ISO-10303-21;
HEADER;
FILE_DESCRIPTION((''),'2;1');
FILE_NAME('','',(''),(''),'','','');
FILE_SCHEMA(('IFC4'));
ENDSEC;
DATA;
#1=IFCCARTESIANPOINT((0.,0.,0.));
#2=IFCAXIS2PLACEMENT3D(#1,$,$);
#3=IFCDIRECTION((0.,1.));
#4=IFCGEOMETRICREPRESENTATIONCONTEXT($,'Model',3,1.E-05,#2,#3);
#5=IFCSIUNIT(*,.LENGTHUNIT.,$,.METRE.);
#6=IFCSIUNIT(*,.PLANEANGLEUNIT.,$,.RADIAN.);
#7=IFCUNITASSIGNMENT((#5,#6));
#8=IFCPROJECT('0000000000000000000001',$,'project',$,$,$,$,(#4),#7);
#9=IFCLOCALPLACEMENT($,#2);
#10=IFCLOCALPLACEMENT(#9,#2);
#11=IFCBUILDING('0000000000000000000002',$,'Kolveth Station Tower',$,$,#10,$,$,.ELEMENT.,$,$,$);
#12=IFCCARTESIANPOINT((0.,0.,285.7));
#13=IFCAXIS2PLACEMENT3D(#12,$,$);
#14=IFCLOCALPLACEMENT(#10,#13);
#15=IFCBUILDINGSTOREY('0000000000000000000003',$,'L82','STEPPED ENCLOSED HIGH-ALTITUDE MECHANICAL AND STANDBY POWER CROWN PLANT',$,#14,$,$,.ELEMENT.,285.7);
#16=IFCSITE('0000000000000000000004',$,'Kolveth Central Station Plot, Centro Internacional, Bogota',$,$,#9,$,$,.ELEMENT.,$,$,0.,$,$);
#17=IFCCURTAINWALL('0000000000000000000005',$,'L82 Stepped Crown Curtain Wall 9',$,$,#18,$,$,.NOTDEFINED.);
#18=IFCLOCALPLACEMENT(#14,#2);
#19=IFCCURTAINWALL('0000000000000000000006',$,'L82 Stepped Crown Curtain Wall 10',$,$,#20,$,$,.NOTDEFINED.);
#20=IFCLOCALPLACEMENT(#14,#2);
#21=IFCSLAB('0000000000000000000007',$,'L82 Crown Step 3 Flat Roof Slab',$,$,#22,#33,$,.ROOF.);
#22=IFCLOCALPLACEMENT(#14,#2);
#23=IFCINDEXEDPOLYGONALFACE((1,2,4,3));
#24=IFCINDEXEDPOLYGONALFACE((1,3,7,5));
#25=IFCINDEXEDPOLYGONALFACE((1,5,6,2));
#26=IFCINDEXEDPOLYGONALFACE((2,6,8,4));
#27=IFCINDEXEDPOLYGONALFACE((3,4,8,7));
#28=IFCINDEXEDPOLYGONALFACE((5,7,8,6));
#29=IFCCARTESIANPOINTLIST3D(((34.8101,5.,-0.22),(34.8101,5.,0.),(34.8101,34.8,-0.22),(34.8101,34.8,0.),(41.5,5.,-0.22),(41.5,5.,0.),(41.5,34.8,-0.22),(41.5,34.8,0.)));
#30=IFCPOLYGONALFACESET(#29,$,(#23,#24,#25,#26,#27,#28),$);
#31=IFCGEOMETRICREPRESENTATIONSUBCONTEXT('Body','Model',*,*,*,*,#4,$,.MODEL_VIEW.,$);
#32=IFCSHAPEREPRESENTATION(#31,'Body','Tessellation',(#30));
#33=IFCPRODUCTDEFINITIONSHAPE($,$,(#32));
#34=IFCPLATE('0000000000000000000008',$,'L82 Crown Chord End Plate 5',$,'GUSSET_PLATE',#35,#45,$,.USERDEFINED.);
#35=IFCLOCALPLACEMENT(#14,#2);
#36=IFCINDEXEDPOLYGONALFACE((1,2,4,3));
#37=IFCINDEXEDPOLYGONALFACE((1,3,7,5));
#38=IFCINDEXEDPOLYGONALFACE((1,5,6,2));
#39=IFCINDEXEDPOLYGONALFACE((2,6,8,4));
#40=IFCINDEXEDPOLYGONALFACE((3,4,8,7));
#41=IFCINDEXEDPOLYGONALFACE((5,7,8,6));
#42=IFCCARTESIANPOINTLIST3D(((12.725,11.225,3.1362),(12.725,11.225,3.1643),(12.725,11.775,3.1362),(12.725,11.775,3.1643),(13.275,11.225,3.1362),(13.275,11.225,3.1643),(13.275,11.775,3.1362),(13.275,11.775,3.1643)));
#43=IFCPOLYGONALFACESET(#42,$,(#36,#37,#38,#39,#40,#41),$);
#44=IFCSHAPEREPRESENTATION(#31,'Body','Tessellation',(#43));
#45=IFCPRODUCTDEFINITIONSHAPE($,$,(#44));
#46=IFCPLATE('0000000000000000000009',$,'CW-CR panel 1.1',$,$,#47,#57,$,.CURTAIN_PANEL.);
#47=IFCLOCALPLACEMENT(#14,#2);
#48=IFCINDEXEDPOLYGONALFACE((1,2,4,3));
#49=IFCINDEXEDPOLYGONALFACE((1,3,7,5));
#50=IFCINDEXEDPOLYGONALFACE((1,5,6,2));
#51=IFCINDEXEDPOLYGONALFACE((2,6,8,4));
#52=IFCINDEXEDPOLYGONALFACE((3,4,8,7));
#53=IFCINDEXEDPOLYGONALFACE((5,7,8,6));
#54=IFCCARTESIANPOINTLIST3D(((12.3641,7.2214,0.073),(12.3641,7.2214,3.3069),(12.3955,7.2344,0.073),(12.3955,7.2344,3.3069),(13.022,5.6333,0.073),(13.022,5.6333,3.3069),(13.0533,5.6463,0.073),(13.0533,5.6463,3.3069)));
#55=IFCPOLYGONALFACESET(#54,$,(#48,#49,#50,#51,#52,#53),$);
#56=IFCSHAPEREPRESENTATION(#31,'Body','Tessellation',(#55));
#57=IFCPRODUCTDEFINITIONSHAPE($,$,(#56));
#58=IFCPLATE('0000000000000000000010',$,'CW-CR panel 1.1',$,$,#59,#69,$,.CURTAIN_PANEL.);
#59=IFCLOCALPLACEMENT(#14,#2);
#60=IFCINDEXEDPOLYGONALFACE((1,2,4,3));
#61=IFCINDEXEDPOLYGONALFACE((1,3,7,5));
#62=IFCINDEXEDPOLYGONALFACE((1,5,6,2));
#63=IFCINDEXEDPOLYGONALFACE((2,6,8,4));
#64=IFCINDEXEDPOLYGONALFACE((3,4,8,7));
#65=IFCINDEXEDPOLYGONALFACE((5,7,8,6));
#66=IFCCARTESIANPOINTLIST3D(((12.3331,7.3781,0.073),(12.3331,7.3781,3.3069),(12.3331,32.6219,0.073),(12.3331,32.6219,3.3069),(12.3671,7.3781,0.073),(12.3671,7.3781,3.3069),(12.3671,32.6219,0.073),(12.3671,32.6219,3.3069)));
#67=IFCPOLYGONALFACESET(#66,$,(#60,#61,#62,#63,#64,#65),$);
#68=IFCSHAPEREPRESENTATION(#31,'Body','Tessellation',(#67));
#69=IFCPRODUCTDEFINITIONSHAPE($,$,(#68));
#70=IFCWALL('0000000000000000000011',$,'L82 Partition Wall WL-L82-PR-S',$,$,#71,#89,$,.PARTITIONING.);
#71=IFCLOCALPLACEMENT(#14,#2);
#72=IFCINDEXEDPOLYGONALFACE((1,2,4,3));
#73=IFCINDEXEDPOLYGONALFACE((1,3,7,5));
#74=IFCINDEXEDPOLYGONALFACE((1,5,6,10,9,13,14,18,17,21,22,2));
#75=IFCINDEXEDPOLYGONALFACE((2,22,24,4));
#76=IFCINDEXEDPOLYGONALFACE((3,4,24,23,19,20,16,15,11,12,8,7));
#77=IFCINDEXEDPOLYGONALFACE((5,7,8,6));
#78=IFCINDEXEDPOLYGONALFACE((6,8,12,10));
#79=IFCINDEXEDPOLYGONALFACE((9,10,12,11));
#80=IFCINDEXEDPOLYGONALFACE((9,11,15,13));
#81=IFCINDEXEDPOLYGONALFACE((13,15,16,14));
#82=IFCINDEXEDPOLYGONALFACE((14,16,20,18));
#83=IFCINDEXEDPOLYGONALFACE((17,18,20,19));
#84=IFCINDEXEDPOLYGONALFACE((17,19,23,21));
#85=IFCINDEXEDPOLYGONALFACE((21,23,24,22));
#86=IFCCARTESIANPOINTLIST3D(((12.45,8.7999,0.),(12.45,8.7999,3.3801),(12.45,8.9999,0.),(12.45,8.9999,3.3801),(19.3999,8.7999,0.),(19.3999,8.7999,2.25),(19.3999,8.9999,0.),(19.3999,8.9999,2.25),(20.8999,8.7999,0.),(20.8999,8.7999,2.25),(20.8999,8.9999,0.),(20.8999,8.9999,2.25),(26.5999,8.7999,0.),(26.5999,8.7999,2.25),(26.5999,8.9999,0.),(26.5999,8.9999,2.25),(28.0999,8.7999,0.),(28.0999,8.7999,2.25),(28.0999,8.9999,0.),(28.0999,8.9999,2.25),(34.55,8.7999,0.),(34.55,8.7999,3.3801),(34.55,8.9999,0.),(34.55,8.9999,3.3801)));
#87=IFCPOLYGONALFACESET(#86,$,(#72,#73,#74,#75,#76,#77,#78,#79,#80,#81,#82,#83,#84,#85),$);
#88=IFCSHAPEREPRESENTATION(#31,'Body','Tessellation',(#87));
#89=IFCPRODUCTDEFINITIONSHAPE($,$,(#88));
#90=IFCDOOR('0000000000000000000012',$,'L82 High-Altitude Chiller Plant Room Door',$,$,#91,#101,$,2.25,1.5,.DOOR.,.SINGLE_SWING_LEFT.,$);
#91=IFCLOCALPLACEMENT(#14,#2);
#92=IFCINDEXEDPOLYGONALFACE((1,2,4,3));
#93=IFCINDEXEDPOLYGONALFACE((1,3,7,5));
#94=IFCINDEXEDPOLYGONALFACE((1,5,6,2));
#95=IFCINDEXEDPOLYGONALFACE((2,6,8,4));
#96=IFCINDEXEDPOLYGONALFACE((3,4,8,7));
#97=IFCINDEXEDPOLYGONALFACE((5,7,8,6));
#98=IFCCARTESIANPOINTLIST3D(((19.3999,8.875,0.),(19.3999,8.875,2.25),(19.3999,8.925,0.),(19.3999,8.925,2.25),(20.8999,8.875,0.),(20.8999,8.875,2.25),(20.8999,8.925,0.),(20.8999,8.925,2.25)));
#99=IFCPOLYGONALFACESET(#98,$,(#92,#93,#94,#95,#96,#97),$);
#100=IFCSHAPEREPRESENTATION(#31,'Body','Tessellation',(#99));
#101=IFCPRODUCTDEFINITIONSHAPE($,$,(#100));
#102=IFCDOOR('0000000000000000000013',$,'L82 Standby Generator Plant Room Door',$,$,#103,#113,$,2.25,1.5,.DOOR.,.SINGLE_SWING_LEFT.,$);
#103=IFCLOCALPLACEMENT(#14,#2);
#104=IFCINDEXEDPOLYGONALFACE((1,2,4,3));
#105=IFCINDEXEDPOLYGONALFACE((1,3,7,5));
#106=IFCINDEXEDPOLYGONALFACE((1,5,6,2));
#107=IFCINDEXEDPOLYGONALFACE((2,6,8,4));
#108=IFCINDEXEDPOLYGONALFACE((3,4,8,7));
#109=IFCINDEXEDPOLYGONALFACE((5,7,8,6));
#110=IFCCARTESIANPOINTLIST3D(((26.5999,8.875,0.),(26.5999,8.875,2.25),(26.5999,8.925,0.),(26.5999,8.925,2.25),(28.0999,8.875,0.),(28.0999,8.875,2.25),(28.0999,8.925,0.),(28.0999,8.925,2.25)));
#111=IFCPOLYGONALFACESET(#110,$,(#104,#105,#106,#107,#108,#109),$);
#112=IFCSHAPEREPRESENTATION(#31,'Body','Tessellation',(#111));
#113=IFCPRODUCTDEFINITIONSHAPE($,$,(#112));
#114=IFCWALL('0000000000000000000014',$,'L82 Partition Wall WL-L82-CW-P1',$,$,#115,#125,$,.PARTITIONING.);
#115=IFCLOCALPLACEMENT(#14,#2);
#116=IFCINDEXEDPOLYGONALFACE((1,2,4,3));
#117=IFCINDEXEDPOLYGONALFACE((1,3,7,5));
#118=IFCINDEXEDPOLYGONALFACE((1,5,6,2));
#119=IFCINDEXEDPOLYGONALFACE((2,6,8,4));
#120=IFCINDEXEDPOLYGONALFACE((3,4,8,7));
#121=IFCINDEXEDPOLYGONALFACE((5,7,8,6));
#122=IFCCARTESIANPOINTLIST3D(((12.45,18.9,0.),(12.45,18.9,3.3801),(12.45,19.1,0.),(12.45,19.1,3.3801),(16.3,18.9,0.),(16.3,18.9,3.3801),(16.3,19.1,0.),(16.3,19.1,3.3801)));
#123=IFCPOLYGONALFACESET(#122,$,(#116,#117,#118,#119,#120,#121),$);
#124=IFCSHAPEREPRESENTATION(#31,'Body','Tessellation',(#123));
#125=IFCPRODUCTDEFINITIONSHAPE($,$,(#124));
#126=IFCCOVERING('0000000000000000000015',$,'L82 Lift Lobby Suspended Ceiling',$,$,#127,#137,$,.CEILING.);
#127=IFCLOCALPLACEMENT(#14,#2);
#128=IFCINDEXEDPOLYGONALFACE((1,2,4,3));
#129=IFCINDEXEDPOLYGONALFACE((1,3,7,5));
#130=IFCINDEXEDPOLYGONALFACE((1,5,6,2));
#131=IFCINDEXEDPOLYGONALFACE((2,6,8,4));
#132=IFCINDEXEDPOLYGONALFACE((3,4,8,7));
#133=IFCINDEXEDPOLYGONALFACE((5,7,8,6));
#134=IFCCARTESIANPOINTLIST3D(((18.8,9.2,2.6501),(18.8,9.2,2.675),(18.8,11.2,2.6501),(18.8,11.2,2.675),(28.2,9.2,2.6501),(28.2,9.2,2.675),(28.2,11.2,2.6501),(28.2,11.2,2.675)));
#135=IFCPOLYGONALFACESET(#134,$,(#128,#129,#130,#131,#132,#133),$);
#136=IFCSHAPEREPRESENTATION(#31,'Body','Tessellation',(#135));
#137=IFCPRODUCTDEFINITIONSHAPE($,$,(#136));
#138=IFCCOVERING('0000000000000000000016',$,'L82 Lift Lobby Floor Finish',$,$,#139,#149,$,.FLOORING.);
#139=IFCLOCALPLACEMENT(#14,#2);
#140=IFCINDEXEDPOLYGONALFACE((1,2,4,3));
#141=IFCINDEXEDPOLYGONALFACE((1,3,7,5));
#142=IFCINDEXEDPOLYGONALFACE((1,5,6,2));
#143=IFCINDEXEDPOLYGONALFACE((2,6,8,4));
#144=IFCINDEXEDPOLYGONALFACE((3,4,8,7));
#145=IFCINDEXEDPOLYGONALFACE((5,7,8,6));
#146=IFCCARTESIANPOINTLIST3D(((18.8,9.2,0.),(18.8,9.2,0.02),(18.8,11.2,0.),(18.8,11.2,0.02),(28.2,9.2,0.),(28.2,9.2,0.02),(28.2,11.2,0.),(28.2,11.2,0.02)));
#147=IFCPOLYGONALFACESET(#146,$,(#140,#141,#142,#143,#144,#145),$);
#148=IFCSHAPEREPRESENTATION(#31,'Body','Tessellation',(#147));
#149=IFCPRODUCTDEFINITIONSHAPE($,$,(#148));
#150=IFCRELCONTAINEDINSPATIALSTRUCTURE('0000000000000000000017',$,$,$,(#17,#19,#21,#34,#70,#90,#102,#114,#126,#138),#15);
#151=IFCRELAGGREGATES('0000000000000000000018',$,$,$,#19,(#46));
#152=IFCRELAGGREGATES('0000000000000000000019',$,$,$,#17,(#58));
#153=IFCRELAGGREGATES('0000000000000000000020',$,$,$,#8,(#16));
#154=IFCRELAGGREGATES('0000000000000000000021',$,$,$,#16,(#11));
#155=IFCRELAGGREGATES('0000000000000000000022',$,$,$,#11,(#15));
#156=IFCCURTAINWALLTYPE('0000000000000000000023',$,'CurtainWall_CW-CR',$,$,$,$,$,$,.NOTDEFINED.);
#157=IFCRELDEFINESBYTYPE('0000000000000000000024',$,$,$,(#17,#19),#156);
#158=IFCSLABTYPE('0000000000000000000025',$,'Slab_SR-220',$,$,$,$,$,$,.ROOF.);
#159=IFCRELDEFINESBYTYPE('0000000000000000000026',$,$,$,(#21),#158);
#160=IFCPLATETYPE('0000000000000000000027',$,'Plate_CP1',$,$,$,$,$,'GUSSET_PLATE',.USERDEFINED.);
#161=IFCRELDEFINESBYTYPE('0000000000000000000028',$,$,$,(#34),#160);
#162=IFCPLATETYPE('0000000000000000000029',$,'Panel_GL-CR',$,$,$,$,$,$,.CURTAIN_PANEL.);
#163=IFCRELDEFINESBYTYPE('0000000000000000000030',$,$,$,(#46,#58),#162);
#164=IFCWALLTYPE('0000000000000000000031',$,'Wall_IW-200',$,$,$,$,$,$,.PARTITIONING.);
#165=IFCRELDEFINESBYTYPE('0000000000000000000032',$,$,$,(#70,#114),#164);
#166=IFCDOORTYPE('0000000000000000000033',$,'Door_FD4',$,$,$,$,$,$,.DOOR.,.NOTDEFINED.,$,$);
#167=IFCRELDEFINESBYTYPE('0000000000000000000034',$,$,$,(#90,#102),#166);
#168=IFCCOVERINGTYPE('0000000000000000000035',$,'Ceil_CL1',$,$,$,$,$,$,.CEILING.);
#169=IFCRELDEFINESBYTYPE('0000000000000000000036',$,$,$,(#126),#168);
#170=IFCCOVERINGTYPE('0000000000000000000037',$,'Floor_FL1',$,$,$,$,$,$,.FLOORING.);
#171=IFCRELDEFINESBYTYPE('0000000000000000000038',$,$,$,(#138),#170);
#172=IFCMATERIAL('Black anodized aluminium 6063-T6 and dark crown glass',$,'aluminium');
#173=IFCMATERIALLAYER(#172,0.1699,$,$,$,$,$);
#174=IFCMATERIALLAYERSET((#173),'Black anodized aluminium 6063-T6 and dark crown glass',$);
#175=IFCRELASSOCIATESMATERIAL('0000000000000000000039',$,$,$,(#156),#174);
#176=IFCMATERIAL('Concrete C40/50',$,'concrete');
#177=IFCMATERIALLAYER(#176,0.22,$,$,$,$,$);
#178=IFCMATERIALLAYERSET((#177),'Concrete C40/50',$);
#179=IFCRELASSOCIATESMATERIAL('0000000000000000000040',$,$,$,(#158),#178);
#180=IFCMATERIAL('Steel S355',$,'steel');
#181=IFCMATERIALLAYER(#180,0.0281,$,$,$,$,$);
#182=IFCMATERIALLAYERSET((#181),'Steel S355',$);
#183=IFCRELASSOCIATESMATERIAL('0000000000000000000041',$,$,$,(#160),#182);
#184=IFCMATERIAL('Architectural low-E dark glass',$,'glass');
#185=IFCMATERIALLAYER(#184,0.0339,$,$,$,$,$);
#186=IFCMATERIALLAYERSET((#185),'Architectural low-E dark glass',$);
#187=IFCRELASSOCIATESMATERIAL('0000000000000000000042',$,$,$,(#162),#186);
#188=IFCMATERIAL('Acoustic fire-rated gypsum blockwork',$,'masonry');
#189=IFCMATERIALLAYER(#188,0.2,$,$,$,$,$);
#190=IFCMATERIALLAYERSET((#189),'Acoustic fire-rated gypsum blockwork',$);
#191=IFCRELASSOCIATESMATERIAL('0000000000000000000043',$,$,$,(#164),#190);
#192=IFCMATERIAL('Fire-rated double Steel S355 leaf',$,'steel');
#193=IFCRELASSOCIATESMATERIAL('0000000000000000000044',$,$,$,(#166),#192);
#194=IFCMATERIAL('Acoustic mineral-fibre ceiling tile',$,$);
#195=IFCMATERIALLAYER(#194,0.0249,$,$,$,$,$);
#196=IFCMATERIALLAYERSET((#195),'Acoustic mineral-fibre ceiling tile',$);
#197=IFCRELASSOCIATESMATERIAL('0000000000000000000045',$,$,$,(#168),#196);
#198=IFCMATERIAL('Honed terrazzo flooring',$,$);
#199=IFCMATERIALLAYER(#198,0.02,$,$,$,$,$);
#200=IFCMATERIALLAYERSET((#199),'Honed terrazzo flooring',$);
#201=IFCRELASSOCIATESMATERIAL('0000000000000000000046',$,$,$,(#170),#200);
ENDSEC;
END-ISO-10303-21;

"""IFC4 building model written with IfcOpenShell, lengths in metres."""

from ifc_helpers import new_model, si_unit, direction, frame, frame_2d, origin, origin_2d, place, context, subcontext, project, spatial, polyline, rectangle, outline, extrude, source, transform, mapped, material, layer, layer_set, type_object, element, fill, aggregate, save


model = new_model("IFC4")

# Units and contexts
model_context = context("Model", 3, precision=1e-05, world=origin(), true_north=direction((0.0, 1.0)))
body_context = subcontext(model_context, "Body", "Model", "MODEL_VIEW")
ifc_project = project(units=[si_unit("LENGTHUNIT", "METRE"), si_unit("PLANEANGLEUNIT", "RADIAN")], contexts=[model_context])

# Site, building, storey
site_placement = place(None, origin())
site = spatial("IfcSite", under=ifc_project, at=site_placement, Name="Kolveth Central Station Plot, Centro Internacional, Bogota", CompositionType="ELEMENT", RefElevation=0.0)
building_placement = place(site_placement, origin())
building = spatial("IfcBuilding", under=site, at=building_placement, Name="Kolveth Station Tower", CompositionType="ELEMENT")
storey_placement = place(building_placement, frame((0.0, 0.0, 285.7)))
storey = spatial("IfcBuildingStorey", under=building, at=storey_placement, Name="L82", Description="STEPPED ENCLOSED HIGH-ALTITUDE MECHANICAL AND STANDBY POWER CROWN PLANT", CompositionType="ELEMENT", Elevation=285.7)

# Shared definitions
ifc_material_1 = material(Name="Steel S355", Category="steel")

# Curtain wall
ifc_material_2 = material(Name="Black anodized aluminium 6063-T6 and dark crown glass", Category="aluminium")
ifc_layer_1 = layer(ifc_material_2, 0.1699)
ifc_layer_set_1 = layer_set([ifc_layer_1], Name="Black anodized aluminium 6063-T6 and dark crown glass")
curtain_wall_type = type_object("IfcCurtainWallType", Name="CurtainWall_CW-CR", PredefinedType="NOTDEFINED", material=ifc_layer_set_1)
curtain_wall_1_placement = place(storey_placement, origin())
curtain_wall_1 = element("IfcCurtainWall", 1, at=curtain_wall_1_placement, inside=storey, type_object=curtain_wall_type, Name="L82 Stepped Crown Curtain Wall 9", PredefinedType="NOTDEFINED")

# Curtain wall
curtain_wall_2_placement = place(storey_placement, origin())
curtain_wall_2 = element("IfcCurtainWall", 2, at=curtain_wall_2_placement, inside=storey, type_object=curtain_wall_type, Name="L82 Stepped Crown Curtain Wall 10", PredefinedType="NOTDEFINED")

# Shared definitions
ifc_material_3 = material(Name="Concrete C40/50", Category="concrete")

# Slab
ifc_layer_2 = layer(ifc_material_3, 0.22)
ifc_layer_set_2 = layer_set([ifc_layer_2], Name="Concrete C40/50")
slab_type_1 = type_object("IfcSlabType", Name="Slab_SR-220", PredefinedType="ROOF", material=ifc_layer_set_2)
slab_1_placement = place(storey_placement, frame((0.0, 0.0, -0.22)))
element("IfcSlab", 3, at=slab_1_placement, inside=storey, type_object=slab_type_1, Name="L82 Crown Step 3 Flat Roof Slab", PredefinedType="ROOF", context=body_context, shape_type="SweptSolid", body=[
    extrude(outline(polyline([(34.8101, 5.0), (41.5, 5.0), (41.5, 34.8), (34.8101, 34.8), (34.8101, 5.0)])), origin(), (0.0, 0.0, 1.0), 0.22),
])

# Plates
ifc_layer_3 = layer(ifc_material_1, 0.0281)
ifc_layer_set_3 = layer_set([ifc_layer_3], Name="Steel S355")
plate_type_1 = type_object("IfcPlateType", Name="Plate_CP1", ElementType="GUSSET_PLATE", PredefinedType="USERDEFINED", material=ifc_layer_set_3)
shared_shape_1 = source(origin(), body_context, "Body", "SweptSolid", [
    extrude(rectangle(XDim=0.55, YDim=0.55, at=origin_2d()), origin(), (0.0, 0.0, 1.0), 0.0281),
])
plate_1_placement = place(storey_placement, frame((13.0, 11.5, 3.1362), z_axis=(0.0, 0.0, 1.0), x_axis=(1.0, 0.0, 0.0)))
element("IfcPlate", 4, at=plate_1_placement, inside=storey, type_object=plate_type_1, Name="L82 Crown Chord End Plate 5", ObjectType="GUSSET_PLATE", PredefinedType="USERDEFINED", context=body_context, shape_type="MappedRepresentation", body=[
    mapped(shared_shape_1, transform((0.0, 0.0, 0.0), x_axis=(1.0, 0.0, 0.0), y_axis=(0.0, 1.0, 0.0), z_axis=(0.0, 0.0, 1.0), scale=1.0)),
])
ifc_material_4 = material(Name="Architectural low-E dark glass", Category="glass")
ifc_layer_4 = layer(ifc_material_4, 0.0339)
ifc_layer_set_4 = layer_set([ifc_layer_4], Name="Architectural low-E dark glass")
plate_type_2 = type_object("IfcPlateType", Name="Panel_GL-CR", PredefinedType="CURTAIN_PANEL", material=ifc_layer_set_4)
shared_shape_2 = source(origin(), body_context, "Body", "SweptSolid", [
    extrude(rectangle(XDim=1.719, YDim=0.0339, at=origin_2d()), origin(), (0.0, 0.0, 1.0), 3.2339),
])
plate_2_placement = place(storey_placement, frame((12.7087, 6.4338, 0.073), z_axis=(0.0, 0.0, 1.0), x_axis=(0.382691, -0.923876, 0.0)))
plate_2 = element("IfcPlate", 5, at=plate_2_placement, type_object=plate_type_2, Name="CW-CR panel 1.1", PredefinedType="CURTAIN_PANEL", context=body_context, shape_type="MappedRepresentation", body=[
    mapped(shared_shape_2, transform((0.0, 0.0, 0.0), x_axis=(1.0, 0.0, 0.0), y_axis=(0.0, 1.0, 0.0), z_axis=(0.0, 0.0, 1.0), scale=1.0)),
])
aggregate(curtain_wall_2, [plate_2])
shared_shape_3 = source(origin(), body_context, "Body", "SweptSolid", [
    extrude(rectangle(XDim=25.2439, YDim=0.0339, at=origin_2d()), origin(), (0.0, 0.0, 1.0), 3.2339),
])
plate_3_placement = place(storey_placement, frame((12.3501, 20.0, 0.073), z_axis=(0.0, 0.0, 1.0), x_axis=(0.0, -1.0, 0.0)))
plate_3 = element("IfcPlate", 6, at=plate_3_placement, type_object=plate_type_2, Name="CW-CR panel 1.1", PredefinedType="CURTAIN_PANEL", context=body_context, shape_type="MappedRepresentation", body=[
    mapped(shared_shape_3, transform((0.0, 0.0, 0.0), x_axis=(1.0, 0.0, 0.0), y_axis=(0.0, 1.0, 0.0), z_axis=(0.0, 0.0, 1.0), scale=1.0)),
])
aggregate(curtain_wall_1, [plate_3])

# Wall, openings, doors
ifc_material_5 = material(Name="Acoustic fire-rated gypsum blockwork", Category="masonry")
ifc_layer_5 = layer(ifc_material_5, 0.2)
ifc_layer_set_5 = layer_set([ifc_layer_5], Name="Acoustic fire-rated gypsum blockwork")
wall_type = type_object("IfcWallType", Name="Wall_IW-200", PredefinedType="PARTITIONING", material=ifc_layer_set_5)
wall_1_placement = place(storey_placement, frame((12.45, 8.8999, 0.0), z_axis=(0.0, 0.0, 1.0), x_axis=(1.0, 0.0, 0.0)))
wall_1 = element("IfcWall", 7, at=wall_1_placement, inside=storey, type_object=wall_type, Name="L82 Partition Wall WL-L82-PR-S", PredefinedType="PARTITIONING", context=body_context, shape_type="SweptSolid", body=[
    extrude(rectangle(XDim=22.1001, YDim=0.2, at=frame_2d((11.05, 0.0))), origin(), (0.0, 0.0, 1.0), 3.3801),
])
opening_1_placement = place(wall_1_placement, frame((6.95, 0.0, 0.0)))
opening_1 = element("IfcOpeningElement", 8, at=opening_1_placement, cuts=wall_1, PredefinedType="OPENING", context=body_context, shape_type="SweptSolid", body=[
    extrude(rectangle(XDim=1.5, YDim=2.25, at=frame_2d((0.75, 1.125))), frame((0.0, 0.1099, 0.0), z_axis=(0.0, -1.0, 0.0), x_axis=(1.0, 0.0, 0.0)), (0.0, 0.0, 1.0), 0.22),
])
opening_2_placement = place(wall_1_placement, frame((14.1499, 0.0, 0.0)))
opening_2 = element("IfcOpeningElement", 9, at=opening_2_placement, cuts=wall_1, PredefinedType="OPENING", context=body_context, shape_type="SweptSolid", body=[
    extrude(rectangle(XDim=1.5, YDim=2.25, at=frame_2d((0.75, 1.125))), frame((0.0, 0.1099, 0.0), z_axis=(0.0, -1.0, 0.0), x_axis=(1.0, 0.0, 0.0)), (0.0, 0.0, 1.0), 0.22),
])
ifc_material_6 = material(Name="Fire-rated double Steel S355 leaf", Category="steel")
door_type = type_object("IfcDoorType", Name="Door_FD4", OperationType="NOTDEFINED", PredefinedType="DOOR", material=ifc_material_6)
door_1_placement = place(opening_1_placement, frame((1.5, 0.0, 0.0), z_axis=(0.0, 0.0, 1.0), x_axis=(-1.0, 0.0, 0.0)))
door_1 = element("IfcDoor", 10, at=door_1_placement, inside=storey, type_object=door_type, Name="L82 High-Altitude Chiller Plant Room Door", OperationType="SINGLE_SWING_LEFT", OverallHeight=2.25, OverallWidth=1.5, PredefinedType="DOOR", context=body_context, shape_type="SweptSolid", body=[
    extrude(rectangle(XDim=1.5, YDim=2.25, at=frame_2d((0.75, 1.125))), frame((0.0, 0.0249, 0.0), z_axis=(0.0, -1.0, 0.0), x_axis=(1.0, 0.0, 0.0)), (0.0, 0.0, 1.0), 0.05),
])
fill(opening_1, door_1)
door_2_placement = place(opening_2_placement, frame((1.5, 0.0, 0.0), z_axis=(0.0, 0.0, 1.0), x_axis=(-1.0, 0.0, 0.0)))
door_2 = element("IfcDoor", 11, at=door_2_placement, inside=storey, type_object=door_type, Name="L82 Standby Generator Plant Room Door", OperationType="SINGLE_SWING_LEFT", OverallHeight=2.25, OverallWidth=1.5, PredefinedType="DOOR", context=body_context, shape_type="SweptSolid", body=[
    extrude(rectangle(XDim=1.5, YDim=2.25, at=frame_2d((0.75, 1.125))), frame((0.0, 0.0249, 0.0), z_axis=(0.0, -1.0, 0.0), x_axis=(1.0, 0.0, 0.0)), (0.0, 0.0, 1.0), 0.05),
])
fill(opening_2, door_2)

# Wall
wall_2_placement = place(storey_placement, frame((12.45, 19.0, 0.0), z_axis=(0.0, 0.0, 1.0), x_axis=(1.0, 0.0, 0.0)))
element("IfcWall", 12, at=wall_2_placement, inside=storey, type_object=wall_type, Name="L82 Partition Wall WL-L82-CW-P1", PredefinedType="PARTITIONING", context=body_context, shape_type="SweptSolid", body=[
    extrude(rectangle(XDim=3.8501, YDim=0.2, at=frame_2d((1.925, 0.0))), origin(), (0.0, 0.0, 1.0), 3.3801),
])

# Coverings
ifc_material_7 = material(Name="Acoustic mineral-fibre ceiling tile")
ifc_layer_6 = layer(ifc_material_7, 0.0249)
ifc_layer_set_6 = layer_set([ifc_layer_6], Name="Acoustic mineral-fibre ceiling tile")
covering_type_1 = type_object("IfcCoveringType", Name="Ceil_CL1", PredefinedType="CEILING", material=ifc_layer_set_6)
covering_1_placement = place(storey_placement, frame((0.0, 0.0, 2.6501)))
element("IfcCovering", 13, at=covering_1_placement, inside=storey, type_object=covering_type_1, Name="L82 Lift Lobby Suspended Ceiling", PredefinedType="CEILING", context=body_context, shape_type="SweptSolid", body=[
    extrude(outline(polyline([(18.8, 9.2), (28.2, 9.2), (28.2, 11.2), (18.8, 11.2), (18.8, 9.2)])), origin(), (0.0, 0.0, 1.0), 0.0249),
])
ifc_material_8 = material(Name="Honed terrazzo flooring")
ifc_layer_7 = layer(ifc_material_8, 0.02)
ifc_layer_set_7 = layer_set([ifc_layer_7], Name="Honed terrazzo flooring")
covering_type_2 = type_object("IfcCoveringType", Name="Floor_FL1", PredefinedType="FLOORING", material=ifc_layer_set_7)
covering_2_placement = place(storey_placement, origin())
element("IfcCovering", 14, at=covering_2_placement, inside=storey, type_object=covering_type_2, Name="L82 Lift Lobby Floor Finish", PredefinedType="FLOORING", context=body_context, shape_type="SweptSolid", body=[
    extrude(outline(polyline([(18.8, 9.2), (28.2, 9.2), (28.2, 11.2), (18.8, 11.2), (18.8, 9.2)])), origin(), (0.0, 0.0, 1.0), 0.02),
])

save(model, "model.ifc")
